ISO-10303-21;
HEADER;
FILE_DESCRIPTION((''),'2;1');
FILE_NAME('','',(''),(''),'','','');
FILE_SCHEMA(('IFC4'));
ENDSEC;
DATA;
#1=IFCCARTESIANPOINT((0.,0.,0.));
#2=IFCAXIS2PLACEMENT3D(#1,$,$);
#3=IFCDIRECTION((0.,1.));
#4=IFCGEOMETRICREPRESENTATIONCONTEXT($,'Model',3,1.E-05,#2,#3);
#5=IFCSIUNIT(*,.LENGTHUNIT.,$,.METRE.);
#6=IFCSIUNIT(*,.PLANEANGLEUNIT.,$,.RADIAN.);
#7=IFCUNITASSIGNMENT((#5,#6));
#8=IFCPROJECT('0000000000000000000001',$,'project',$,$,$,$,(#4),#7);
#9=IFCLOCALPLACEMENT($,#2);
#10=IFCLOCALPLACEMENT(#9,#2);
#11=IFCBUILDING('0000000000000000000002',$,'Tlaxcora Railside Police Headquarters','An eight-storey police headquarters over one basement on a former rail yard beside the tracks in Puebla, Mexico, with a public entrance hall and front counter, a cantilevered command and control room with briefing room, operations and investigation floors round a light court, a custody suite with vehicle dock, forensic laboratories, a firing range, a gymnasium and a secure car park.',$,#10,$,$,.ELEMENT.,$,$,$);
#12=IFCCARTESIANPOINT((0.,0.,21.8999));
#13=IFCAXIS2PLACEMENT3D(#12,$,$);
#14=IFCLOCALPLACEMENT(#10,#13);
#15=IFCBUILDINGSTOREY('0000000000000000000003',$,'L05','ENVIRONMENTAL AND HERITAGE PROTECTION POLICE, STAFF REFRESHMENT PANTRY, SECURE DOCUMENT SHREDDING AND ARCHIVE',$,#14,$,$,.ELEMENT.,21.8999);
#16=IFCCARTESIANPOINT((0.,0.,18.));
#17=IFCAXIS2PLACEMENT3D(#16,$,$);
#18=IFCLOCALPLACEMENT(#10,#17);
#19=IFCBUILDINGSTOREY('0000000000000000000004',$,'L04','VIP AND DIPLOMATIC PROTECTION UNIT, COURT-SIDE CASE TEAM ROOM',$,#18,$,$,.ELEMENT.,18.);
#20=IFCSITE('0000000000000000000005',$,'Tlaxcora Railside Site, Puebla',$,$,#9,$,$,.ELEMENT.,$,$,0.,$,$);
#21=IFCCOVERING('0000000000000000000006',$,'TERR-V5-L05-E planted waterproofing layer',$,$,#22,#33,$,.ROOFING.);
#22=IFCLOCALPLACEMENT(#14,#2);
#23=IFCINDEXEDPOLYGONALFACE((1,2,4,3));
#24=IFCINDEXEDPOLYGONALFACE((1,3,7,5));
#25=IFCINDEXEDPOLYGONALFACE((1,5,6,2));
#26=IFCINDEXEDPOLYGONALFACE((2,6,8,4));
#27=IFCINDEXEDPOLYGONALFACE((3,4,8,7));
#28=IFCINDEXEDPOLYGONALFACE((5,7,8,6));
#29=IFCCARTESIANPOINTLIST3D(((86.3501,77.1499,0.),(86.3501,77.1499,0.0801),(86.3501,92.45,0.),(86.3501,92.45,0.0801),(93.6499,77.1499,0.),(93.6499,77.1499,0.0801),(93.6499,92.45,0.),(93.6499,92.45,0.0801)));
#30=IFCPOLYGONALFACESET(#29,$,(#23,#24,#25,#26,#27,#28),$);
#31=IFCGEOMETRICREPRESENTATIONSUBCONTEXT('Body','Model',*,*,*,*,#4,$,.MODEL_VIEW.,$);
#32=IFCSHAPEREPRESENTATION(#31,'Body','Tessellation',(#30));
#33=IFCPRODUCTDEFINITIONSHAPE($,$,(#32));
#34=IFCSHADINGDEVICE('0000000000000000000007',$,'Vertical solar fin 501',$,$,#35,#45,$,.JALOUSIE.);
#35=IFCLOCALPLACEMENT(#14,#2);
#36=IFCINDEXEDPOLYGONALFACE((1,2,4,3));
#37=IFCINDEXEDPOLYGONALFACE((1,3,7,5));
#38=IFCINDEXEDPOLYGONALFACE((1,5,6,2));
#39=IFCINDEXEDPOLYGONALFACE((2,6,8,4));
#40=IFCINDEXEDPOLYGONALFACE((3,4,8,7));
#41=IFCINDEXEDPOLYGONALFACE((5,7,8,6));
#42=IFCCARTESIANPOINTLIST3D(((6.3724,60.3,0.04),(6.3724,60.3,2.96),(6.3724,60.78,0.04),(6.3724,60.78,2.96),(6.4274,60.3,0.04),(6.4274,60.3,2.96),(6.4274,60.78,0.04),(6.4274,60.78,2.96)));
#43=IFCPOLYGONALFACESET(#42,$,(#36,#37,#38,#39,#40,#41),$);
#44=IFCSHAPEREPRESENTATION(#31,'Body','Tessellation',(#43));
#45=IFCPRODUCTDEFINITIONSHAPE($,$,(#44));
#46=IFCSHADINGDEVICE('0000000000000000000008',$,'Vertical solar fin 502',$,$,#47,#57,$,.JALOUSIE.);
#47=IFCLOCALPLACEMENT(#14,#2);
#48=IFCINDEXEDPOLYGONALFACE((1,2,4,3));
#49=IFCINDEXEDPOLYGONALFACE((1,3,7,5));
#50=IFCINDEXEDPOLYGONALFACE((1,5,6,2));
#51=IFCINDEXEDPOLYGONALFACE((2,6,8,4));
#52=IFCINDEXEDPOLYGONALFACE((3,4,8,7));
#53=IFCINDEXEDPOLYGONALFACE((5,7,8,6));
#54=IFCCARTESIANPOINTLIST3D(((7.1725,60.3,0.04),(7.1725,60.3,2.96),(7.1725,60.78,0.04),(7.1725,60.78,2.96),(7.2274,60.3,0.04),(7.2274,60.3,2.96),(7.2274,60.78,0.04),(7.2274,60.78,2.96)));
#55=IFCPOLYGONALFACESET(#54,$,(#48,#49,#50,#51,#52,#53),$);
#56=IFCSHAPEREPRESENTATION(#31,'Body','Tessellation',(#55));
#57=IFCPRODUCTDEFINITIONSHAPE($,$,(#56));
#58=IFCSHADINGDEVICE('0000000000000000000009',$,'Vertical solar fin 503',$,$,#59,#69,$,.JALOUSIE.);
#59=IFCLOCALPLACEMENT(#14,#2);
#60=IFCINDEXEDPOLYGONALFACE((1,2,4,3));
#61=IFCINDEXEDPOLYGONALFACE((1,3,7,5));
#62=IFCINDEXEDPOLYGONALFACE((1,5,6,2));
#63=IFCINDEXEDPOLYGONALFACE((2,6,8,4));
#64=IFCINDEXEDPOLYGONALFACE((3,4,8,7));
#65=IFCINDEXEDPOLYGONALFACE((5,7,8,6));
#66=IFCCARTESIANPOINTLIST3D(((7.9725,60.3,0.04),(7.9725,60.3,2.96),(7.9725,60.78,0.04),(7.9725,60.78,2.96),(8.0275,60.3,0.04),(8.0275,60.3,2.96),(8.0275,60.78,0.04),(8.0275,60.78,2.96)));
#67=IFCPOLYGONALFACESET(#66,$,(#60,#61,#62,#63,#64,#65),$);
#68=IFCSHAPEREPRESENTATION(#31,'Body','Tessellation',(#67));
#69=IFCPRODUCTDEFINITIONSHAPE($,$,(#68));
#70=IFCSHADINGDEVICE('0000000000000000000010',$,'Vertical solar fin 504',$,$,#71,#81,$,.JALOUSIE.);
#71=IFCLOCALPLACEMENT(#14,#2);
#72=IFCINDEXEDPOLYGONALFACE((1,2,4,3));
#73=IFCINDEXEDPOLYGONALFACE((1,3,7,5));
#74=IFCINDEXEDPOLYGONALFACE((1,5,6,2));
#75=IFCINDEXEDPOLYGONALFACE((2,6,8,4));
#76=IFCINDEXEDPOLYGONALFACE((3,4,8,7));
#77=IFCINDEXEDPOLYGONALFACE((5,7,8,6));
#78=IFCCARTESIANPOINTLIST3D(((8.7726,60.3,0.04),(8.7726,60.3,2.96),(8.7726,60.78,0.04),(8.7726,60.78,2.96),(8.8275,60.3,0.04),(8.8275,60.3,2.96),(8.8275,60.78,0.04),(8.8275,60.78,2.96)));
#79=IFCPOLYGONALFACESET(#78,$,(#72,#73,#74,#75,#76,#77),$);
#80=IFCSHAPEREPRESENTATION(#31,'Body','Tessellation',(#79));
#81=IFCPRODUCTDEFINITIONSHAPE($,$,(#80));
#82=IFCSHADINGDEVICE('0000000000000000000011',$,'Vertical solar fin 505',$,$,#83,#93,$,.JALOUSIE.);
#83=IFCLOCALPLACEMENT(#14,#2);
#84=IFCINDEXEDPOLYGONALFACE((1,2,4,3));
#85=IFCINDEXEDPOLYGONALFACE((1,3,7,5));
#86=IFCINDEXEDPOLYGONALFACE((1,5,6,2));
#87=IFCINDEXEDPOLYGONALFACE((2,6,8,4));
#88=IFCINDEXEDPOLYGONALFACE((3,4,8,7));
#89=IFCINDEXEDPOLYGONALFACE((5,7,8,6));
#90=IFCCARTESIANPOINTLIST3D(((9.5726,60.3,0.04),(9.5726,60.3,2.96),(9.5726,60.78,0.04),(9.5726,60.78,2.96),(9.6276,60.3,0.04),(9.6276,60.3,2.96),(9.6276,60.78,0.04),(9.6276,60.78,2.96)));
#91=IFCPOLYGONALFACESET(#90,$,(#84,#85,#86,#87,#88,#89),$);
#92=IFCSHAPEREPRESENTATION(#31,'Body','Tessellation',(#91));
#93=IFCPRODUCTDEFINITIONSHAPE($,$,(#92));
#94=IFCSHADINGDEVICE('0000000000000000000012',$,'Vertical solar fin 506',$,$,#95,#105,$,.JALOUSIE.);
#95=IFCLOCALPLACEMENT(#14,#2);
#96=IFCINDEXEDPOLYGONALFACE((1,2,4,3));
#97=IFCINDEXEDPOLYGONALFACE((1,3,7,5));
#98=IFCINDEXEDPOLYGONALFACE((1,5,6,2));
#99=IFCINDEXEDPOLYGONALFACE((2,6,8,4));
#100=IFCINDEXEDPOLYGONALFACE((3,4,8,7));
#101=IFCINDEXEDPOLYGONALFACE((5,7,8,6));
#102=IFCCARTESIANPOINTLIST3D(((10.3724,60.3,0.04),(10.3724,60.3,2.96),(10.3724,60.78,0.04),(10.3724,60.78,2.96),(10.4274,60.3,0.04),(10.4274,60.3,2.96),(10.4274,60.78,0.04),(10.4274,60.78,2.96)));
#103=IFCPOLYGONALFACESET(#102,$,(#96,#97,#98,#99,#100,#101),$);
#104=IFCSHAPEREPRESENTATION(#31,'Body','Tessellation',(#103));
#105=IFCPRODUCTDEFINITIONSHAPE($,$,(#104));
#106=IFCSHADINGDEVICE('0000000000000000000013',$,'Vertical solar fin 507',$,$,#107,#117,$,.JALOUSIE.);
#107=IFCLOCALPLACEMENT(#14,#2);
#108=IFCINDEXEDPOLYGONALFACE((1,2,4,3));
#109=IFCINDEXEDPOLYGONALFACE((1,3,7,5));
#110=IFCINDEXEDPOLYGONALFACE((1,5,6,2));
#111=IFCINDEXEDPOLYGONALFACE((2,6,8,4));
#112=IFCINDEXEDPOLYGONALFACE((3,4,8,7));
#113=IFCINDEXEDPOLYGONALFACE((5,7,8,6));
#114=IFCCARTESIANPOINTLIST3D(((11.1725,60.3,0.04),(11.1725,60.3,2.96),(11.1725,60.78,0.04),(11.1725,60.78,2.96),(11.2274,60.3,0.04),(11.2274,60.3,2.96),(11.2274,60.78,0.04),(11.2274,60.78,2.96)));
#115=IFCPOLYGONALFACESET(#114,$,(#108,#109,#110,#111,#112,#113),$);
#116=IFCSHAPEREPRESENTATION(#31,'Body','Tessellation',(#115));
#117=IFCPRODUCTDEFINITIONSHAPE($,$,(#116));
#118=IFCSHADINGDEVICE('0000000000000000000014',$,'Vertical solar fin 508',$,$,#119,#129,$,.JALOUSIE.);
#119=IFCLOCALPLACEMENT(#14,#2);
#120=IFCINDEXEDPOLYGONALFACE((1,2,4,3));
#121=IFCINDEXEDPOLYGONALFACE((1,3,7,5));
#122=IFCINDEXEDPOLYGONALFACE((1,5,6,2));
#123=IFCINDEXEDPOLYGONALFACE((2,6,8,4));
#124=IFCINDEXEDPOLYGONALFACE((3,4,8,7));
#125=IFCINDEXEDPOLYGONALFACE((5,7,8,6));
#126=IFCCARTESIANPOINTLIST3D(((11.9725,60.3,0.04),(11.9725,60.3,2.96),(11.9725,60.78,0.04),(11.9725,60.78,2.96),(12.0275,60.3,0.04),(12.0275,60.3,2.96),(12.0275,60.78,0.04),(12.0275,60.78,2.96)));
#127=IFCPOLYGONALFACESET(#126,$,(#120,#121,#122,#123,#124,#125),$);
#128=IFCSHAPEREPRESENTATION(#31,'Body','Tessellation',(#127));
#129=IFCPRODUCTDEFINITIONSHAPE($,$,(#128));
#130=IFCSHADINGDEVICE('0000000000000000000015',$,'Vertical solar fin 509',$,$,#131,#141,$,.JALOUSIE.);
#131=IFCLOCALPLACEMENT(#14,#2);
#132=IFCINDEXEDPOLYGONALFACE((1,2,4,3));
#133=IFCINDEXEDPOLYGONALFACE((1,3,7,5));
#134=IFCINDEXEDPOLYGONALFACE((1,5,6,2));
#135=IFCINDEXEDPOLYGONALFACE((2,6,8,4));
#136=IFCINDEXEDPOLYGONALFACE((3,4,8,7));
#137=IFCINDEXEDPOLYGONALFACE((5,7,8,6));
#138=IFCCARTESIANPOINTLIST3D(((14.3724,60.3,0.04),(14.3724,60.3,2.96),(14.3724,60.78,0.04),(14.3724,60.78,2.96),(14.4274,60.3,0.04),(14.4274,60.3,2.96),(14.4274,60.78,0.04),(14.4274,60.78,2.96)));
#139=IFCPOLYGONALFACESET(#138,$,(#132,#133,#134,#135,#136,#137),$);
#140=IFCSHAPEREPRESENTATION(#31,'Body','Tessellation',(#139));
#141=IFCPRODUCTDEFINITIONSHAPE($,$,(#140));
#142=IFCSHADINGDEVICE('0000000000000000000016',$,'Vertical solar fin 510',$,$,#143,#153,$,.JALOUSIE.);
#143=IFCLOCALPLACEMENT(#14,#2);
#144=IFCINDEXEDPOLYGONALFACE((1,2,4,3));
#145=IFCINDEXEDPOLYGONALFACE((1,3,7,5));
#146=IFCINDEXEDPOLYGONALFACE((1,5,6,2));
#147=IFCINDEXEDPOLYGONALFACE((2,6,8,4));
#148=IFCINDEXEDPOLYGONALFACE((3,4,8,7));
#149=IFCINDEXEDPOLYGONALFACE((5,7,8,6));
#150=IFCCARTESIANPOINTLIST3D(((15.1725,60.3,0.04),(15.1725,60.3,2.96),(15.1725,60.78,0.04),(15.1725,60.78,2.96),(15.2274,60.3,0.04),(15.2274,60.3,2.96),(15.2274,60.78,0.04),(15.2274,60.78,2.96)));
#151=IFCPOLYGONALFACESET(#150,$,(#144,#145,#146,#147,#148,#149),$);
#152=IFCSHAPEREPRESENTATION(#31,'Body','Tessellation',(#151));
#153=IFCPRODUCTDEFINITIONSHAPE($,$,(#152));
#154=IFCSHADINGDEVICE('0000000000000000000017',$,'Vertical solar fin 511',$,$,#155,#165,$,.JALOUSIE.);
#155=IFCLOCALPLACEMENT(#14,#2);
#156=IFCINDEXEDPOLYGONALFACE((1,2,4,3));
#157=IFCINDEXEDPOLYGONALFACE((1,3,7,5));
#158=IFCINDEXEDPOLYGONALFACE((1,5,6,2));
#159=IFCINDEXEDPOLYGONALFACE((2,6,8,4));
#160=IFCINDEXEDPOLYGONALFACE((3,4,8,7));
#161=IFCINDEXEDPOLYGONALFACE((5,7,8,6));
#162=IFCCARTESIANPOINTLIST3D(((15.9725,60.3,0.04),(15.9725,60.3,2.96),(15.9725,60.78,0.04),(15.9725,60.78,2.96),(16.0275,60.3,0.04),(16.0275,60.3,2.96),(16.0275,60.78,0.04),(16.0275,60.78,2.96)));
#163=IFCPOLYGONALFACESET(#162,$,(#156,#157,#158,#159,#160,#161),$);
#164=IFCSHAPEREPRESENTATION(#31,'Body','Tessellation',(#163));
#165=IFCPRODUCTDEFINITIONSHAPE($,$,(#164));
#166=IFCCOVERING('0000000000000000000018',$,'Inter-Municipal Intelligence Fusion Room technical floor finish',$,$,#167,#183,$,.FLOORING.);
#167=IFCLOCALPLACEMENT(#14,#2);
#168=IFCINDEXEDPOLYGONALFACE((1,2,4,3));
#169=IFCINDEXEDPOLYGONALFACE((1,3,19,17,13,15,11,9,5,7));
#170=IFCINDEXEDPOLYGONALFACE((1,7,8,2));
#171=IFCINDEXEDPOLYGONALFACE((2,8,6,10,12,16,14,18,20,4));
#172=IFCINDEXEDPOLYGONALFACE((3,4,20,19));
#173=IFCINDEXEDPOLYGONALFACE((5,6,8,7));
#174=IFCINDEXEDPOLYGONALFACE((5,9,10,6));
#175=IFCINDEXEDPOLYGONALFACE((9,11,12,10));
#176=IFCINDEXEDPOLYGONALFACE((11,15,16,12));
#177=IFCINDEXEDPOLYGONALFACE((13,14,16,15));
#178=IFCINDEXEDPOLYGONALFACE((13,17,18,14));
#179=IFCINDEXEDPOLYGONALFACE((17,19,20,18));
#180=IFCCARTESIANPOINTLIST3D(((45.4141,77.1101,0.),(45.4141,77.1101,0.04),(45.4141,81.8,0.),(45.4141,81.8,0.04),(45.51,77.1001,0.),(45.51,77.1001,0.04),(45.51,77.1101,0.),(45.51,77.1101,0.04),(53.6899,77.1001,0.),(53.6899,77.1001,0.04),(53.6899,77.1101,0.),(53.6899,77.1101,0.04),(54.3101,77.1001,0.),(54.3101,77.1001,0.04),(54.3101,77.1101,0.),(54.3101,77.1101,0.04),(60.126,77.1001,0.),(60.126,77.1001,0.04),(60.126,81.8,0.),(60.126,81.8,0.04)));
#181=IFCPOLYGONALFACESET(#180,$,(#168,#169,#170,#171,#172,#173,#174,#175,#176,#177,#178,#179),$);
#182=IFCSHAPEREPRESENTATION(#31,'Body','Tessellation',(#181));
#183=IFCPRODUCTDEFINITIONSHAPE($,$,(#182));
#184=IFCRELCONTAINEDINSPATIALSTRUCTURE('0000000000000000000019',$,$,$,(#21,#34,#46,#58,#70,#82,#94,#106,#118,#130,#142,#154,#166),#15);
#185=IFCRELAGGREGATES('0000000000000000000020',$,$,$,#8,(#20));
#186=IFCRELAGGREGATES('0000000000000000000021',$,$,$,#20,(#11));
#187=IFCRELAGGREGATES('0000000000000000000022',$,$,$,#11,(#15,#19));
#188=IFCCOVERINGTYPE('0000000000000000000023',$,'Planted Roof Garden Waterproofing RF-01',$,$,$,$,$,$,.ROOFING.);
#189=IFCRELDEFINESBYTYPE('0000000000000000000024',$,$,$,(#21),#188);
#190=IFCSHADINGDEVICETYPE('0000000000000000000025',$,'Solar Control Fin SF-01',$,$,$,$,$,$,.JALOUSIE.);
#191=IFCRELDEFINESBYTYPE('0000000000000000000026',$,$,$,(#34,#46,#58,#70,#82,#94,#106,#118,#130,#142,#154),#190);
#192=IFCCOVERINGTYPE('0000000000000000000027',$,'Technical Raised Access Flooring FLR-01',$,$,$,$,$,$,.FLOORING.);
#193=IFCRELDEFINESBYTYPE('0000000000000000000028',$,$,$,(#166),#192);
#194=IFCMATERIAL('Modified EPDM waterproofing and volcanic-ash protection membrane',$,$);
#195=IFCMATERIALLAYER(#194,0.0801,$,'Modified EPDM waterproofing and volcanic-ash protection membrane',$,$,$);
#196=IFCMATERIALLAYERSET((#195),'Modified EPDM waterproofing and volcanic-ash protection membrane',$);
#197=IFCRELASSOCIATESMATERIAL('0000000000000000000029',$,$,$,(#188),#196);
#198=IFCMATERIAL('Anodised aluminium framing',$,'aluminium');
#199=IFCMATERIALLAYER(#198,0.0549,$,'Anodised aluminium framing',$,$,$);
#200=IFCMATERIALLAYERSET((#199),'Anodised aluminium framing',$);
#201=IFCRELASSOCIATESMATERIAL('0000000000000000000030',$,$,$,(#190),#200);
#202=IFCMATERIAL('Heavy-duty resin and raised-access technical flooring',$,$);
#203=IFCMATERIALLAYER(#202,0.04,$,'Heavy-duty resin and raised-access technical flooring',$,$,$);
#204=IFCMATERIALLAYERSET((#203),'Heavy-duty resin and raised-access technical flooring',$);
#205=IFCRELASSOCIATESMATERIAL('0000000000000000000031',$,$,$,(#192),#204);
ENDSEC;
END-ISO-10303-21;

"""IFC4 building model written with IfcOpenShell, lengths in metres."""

from ifc_helpers import new_model, si_unit, direction, frame, origin, origin_2d, place, context, subcontext, project, spatial, polyline, rectangle, outline, extrude, material, layer, layer_set, type_object, element, save


model = new_model("IFC4")

# Units and contexts
model_context = context("Model", 3, precision=1e-05, world=origin(), true_north=direction((0.0, 1.0)))
body_context = subcontext(model_context, "Body", "Model", "MODEL_VIEW")
ifc_project = project(units=[si_unit("LENGTHUNIT", "METRE"), si_unit("PLANEANGLEUNIT", "RADIAN")], contexts=[model_context])

# Site, building, storey
site_placement = place(None, origin())
site = spatial("IfcSite", under=ifc_project, at=site_placement, Name="Tlaxcora Railside Site, Puebla", CompositionType="ELEMENT", RefElevation=0.0)
building_placement = place(site_placement, origin())
building = spatial("IfcBuilding", under=site, at=building_placement, Name="Tlaxcora Railside Police Headquarters", Description="An eight-storey police headquarters over one basement on a former rail yard beside the tracks in Puebla, Mexico, with a public entrance hall and front counter, a cantilevered command and control room with briefing room, operations and investigation floors round a light court, a custody suite with vehicle dock, forensic laboratories, a firing range, a gymnasium and a secure car park.", CompositionType="ELEMENT")
storey_1_placement = place(building_placement, frame((0.0, 0.0, 21.8999)))
storey_1 = spatial("IfcBuildingStorey", under=building, at=storey_1_placement, Name="L05", Description="ENVIRONMENTAL AND HERITAGE PROTECTION POLICE, STAFF REFRESHMENT PANTRY, SECURE DOCUMENT SHREDDING AND ARCHIVE", CompositionType="ELEMENT", Elevation=21.8999)

# Shared definitions
storey_2_placement = place(building_placement, frame((0.0, 0.0, 18.0)))
storey_2 = spatial("IfcBuildingStorey", under=building, at=storey_2_placement, Name="L04", Description="VIP AND DIPLOMATIC PROTECTION UNIT, COURT-SIDE CASE TEAM ROOM", CompositionType="ELEMENT", Elevation=18.0)

# Covering
ifc_material_1 = material(Name="Modified EPDM waterproofing and volcanic-ash protection membrane")
ifc_layer_1 = layer(ifc_material_1, 0.0801, Name="Modified EPDM waterproofing and volcanic-ash protection membrane")
ifc_layer_set_1 = layer_set([ifc_layer_1], Name="Modified EPDM waterproofing and volcanic-ash protection membrane")
covering_type_1 = type_object("IfcCoveringType", Name="Planted Roof Garden Waterproofing RF-01", PredefinedType="ROOFING", material=ifc_layer_set_1)
covering_1_placement = place(storey_1_placement, origin())
element("IfcCovering", 1, at=covering_1_placement, inside=storey_1, type_object=covering_type_1, Name="TERR-V5-L05-E planted waterproofing layer", PredefinedType="ROOFING", context=body_context, shape_type="SweptSolid", body=[
    extrude(outline(polyline([(93.6499, 77.1499), (93.6499, 92.45), (86.3501, 92.45), (86.3501, 77.1499), (93.6499, 77.1499)])), origin(), (0.0, 0.0, 1.0), 0.0801),
])

# Shading devices
ifc_material_2 = material(Name="Anodised aluminium framing", Category="aluminium")
ifc_layer_2 = layer(ifc_material_2, 0.0549, Name="Anodised aluminium framing")
ifc_layer_set_2 = layer_set([ifc_layer_2], Name="Anodised aluminium framing")
shading_device_type = type_object("IfcShadingDeviceType", Name="Solar Control Fin SF-01", PredefinedType="JALOUSIE", material=ifc_layer_set_2)
for number, where, z_axis, x_axis, name in (
    (2, (6.3999, 60.54, 0.04), (0.0, 0.0, 1.0), (0.0, -1.0, 0.0), "Vertical solar fin 501"),
    (3, (7.2, 60.54, 0.04), (0.0, 0.0, 1.0), (0.0, -1.0, 0.0), "Vertical solar fin 502"),
    (4, (8.0, 60.54, 0.04), (0.0, 0.0, 1.0), (0.0, -1.0, 0.0), "Vertical solar fin 503"),
    (5, (8.8, 60.54, 0.04), (0.0, 0.0, 1.0), (0.0, -1.0, 0.0), "Vertical solar fin 504"),
    (6, (9.6001, 60.54, 0.04), (0.0, 0.0, 1.0), (0.0, -1.0, 0.0), "Vertical solar fin 505"),
    (7, (10.3999, 60.54, 0.04), (0.0, 0.0, 1.0), (0.0, -1.0, 0.0), "Vertical solar fin 506"),
    (8, (11.2, 60.54, 0.04), (0.0, 0.0, 1.0), (0.0, -1.0, 0.0), "Vertical solar fin 507"),
    (9, (12.0, 60.54, 0.04), (0.0, 0.0, 1.0), (0.0, -1.0, 0.0), "Vertical solar fin 508"),
    (10, (14.3999, 60.54, 0.04), (0.0, 0.0, 1.0), (0.0, -1.0, 0.0), "Vertical solar fin 509"),
    (11, (15.2, 60.54, 0.04), (0.0, 0.0, 1.0), (0.0, -1.0, 0.0), "Vertical solar fin 510"),
    (12, (16.0, 60.54, 0.04), (0.0, 0.0, 1.0), (0.0, -1.0, 0.0), "Vertical solar fin 511"),
):
    element("IfcShadingDevice", number, at=place(storey_1_placement, frame(where, z_axis=z_axis, x_axis=x_axis)), inside=storey_1, type_object=shading_device_type, Name=name, PredefinedType="JALOUSIE", context=body_context, shape_type="SweptSolid", body=[
        extrude(rectangle(XDim=0.48, YDim=0.0549, at=origin_2d()), origin(), (0.0, 0.0, 1.0), 2.9199),
    ])

# Covering
ifc_material_3 = material(Name="Heavy-duty resin and raised-access technical flooring")
ifc_layer_3 = layer(ifc_material_3, 0.04, Name="Heavy-duty resin and raised-access technical flooring")
ifc_layer_set_3 = layer_set([ifc_layer_3], Name="Heavy-duty resin and raised-access technical flooring")
covering_type_2 = type_object("IfcCoveringType", Name="Technical Raised Access Flooring FLR-01", PredefinedType="FLOORING", material=ifc_layer_set_3)
covering_2_placement = place(storey_1_placement, origin())
element("IfcCovering", 13, at=covering_2_placement, inside=storey_1, type_object=covering_type_2, Name="Inter-Municipal Intelligence Fusion Room technical floor finish", PredefinedType="FLOORING", context=body_context, shape_type="SweptSolid", body=[
    extrude(outline(polyline([(60.126, 77.1001), (60.126, 81.8), (45.4141, 81.8), (45.4141, 77.1101), (45.51, 77.1101), (45.51, 77.1001), (53.6899, 77.1001), (53.6899, 77.1101), (54.3101, 77.1101), (54.3101, 77.1001), (60.126, 77.1001)])), origin(), (0.0, 0.0, 1.0), 0.04),
])

save(model, "model.ifc")
